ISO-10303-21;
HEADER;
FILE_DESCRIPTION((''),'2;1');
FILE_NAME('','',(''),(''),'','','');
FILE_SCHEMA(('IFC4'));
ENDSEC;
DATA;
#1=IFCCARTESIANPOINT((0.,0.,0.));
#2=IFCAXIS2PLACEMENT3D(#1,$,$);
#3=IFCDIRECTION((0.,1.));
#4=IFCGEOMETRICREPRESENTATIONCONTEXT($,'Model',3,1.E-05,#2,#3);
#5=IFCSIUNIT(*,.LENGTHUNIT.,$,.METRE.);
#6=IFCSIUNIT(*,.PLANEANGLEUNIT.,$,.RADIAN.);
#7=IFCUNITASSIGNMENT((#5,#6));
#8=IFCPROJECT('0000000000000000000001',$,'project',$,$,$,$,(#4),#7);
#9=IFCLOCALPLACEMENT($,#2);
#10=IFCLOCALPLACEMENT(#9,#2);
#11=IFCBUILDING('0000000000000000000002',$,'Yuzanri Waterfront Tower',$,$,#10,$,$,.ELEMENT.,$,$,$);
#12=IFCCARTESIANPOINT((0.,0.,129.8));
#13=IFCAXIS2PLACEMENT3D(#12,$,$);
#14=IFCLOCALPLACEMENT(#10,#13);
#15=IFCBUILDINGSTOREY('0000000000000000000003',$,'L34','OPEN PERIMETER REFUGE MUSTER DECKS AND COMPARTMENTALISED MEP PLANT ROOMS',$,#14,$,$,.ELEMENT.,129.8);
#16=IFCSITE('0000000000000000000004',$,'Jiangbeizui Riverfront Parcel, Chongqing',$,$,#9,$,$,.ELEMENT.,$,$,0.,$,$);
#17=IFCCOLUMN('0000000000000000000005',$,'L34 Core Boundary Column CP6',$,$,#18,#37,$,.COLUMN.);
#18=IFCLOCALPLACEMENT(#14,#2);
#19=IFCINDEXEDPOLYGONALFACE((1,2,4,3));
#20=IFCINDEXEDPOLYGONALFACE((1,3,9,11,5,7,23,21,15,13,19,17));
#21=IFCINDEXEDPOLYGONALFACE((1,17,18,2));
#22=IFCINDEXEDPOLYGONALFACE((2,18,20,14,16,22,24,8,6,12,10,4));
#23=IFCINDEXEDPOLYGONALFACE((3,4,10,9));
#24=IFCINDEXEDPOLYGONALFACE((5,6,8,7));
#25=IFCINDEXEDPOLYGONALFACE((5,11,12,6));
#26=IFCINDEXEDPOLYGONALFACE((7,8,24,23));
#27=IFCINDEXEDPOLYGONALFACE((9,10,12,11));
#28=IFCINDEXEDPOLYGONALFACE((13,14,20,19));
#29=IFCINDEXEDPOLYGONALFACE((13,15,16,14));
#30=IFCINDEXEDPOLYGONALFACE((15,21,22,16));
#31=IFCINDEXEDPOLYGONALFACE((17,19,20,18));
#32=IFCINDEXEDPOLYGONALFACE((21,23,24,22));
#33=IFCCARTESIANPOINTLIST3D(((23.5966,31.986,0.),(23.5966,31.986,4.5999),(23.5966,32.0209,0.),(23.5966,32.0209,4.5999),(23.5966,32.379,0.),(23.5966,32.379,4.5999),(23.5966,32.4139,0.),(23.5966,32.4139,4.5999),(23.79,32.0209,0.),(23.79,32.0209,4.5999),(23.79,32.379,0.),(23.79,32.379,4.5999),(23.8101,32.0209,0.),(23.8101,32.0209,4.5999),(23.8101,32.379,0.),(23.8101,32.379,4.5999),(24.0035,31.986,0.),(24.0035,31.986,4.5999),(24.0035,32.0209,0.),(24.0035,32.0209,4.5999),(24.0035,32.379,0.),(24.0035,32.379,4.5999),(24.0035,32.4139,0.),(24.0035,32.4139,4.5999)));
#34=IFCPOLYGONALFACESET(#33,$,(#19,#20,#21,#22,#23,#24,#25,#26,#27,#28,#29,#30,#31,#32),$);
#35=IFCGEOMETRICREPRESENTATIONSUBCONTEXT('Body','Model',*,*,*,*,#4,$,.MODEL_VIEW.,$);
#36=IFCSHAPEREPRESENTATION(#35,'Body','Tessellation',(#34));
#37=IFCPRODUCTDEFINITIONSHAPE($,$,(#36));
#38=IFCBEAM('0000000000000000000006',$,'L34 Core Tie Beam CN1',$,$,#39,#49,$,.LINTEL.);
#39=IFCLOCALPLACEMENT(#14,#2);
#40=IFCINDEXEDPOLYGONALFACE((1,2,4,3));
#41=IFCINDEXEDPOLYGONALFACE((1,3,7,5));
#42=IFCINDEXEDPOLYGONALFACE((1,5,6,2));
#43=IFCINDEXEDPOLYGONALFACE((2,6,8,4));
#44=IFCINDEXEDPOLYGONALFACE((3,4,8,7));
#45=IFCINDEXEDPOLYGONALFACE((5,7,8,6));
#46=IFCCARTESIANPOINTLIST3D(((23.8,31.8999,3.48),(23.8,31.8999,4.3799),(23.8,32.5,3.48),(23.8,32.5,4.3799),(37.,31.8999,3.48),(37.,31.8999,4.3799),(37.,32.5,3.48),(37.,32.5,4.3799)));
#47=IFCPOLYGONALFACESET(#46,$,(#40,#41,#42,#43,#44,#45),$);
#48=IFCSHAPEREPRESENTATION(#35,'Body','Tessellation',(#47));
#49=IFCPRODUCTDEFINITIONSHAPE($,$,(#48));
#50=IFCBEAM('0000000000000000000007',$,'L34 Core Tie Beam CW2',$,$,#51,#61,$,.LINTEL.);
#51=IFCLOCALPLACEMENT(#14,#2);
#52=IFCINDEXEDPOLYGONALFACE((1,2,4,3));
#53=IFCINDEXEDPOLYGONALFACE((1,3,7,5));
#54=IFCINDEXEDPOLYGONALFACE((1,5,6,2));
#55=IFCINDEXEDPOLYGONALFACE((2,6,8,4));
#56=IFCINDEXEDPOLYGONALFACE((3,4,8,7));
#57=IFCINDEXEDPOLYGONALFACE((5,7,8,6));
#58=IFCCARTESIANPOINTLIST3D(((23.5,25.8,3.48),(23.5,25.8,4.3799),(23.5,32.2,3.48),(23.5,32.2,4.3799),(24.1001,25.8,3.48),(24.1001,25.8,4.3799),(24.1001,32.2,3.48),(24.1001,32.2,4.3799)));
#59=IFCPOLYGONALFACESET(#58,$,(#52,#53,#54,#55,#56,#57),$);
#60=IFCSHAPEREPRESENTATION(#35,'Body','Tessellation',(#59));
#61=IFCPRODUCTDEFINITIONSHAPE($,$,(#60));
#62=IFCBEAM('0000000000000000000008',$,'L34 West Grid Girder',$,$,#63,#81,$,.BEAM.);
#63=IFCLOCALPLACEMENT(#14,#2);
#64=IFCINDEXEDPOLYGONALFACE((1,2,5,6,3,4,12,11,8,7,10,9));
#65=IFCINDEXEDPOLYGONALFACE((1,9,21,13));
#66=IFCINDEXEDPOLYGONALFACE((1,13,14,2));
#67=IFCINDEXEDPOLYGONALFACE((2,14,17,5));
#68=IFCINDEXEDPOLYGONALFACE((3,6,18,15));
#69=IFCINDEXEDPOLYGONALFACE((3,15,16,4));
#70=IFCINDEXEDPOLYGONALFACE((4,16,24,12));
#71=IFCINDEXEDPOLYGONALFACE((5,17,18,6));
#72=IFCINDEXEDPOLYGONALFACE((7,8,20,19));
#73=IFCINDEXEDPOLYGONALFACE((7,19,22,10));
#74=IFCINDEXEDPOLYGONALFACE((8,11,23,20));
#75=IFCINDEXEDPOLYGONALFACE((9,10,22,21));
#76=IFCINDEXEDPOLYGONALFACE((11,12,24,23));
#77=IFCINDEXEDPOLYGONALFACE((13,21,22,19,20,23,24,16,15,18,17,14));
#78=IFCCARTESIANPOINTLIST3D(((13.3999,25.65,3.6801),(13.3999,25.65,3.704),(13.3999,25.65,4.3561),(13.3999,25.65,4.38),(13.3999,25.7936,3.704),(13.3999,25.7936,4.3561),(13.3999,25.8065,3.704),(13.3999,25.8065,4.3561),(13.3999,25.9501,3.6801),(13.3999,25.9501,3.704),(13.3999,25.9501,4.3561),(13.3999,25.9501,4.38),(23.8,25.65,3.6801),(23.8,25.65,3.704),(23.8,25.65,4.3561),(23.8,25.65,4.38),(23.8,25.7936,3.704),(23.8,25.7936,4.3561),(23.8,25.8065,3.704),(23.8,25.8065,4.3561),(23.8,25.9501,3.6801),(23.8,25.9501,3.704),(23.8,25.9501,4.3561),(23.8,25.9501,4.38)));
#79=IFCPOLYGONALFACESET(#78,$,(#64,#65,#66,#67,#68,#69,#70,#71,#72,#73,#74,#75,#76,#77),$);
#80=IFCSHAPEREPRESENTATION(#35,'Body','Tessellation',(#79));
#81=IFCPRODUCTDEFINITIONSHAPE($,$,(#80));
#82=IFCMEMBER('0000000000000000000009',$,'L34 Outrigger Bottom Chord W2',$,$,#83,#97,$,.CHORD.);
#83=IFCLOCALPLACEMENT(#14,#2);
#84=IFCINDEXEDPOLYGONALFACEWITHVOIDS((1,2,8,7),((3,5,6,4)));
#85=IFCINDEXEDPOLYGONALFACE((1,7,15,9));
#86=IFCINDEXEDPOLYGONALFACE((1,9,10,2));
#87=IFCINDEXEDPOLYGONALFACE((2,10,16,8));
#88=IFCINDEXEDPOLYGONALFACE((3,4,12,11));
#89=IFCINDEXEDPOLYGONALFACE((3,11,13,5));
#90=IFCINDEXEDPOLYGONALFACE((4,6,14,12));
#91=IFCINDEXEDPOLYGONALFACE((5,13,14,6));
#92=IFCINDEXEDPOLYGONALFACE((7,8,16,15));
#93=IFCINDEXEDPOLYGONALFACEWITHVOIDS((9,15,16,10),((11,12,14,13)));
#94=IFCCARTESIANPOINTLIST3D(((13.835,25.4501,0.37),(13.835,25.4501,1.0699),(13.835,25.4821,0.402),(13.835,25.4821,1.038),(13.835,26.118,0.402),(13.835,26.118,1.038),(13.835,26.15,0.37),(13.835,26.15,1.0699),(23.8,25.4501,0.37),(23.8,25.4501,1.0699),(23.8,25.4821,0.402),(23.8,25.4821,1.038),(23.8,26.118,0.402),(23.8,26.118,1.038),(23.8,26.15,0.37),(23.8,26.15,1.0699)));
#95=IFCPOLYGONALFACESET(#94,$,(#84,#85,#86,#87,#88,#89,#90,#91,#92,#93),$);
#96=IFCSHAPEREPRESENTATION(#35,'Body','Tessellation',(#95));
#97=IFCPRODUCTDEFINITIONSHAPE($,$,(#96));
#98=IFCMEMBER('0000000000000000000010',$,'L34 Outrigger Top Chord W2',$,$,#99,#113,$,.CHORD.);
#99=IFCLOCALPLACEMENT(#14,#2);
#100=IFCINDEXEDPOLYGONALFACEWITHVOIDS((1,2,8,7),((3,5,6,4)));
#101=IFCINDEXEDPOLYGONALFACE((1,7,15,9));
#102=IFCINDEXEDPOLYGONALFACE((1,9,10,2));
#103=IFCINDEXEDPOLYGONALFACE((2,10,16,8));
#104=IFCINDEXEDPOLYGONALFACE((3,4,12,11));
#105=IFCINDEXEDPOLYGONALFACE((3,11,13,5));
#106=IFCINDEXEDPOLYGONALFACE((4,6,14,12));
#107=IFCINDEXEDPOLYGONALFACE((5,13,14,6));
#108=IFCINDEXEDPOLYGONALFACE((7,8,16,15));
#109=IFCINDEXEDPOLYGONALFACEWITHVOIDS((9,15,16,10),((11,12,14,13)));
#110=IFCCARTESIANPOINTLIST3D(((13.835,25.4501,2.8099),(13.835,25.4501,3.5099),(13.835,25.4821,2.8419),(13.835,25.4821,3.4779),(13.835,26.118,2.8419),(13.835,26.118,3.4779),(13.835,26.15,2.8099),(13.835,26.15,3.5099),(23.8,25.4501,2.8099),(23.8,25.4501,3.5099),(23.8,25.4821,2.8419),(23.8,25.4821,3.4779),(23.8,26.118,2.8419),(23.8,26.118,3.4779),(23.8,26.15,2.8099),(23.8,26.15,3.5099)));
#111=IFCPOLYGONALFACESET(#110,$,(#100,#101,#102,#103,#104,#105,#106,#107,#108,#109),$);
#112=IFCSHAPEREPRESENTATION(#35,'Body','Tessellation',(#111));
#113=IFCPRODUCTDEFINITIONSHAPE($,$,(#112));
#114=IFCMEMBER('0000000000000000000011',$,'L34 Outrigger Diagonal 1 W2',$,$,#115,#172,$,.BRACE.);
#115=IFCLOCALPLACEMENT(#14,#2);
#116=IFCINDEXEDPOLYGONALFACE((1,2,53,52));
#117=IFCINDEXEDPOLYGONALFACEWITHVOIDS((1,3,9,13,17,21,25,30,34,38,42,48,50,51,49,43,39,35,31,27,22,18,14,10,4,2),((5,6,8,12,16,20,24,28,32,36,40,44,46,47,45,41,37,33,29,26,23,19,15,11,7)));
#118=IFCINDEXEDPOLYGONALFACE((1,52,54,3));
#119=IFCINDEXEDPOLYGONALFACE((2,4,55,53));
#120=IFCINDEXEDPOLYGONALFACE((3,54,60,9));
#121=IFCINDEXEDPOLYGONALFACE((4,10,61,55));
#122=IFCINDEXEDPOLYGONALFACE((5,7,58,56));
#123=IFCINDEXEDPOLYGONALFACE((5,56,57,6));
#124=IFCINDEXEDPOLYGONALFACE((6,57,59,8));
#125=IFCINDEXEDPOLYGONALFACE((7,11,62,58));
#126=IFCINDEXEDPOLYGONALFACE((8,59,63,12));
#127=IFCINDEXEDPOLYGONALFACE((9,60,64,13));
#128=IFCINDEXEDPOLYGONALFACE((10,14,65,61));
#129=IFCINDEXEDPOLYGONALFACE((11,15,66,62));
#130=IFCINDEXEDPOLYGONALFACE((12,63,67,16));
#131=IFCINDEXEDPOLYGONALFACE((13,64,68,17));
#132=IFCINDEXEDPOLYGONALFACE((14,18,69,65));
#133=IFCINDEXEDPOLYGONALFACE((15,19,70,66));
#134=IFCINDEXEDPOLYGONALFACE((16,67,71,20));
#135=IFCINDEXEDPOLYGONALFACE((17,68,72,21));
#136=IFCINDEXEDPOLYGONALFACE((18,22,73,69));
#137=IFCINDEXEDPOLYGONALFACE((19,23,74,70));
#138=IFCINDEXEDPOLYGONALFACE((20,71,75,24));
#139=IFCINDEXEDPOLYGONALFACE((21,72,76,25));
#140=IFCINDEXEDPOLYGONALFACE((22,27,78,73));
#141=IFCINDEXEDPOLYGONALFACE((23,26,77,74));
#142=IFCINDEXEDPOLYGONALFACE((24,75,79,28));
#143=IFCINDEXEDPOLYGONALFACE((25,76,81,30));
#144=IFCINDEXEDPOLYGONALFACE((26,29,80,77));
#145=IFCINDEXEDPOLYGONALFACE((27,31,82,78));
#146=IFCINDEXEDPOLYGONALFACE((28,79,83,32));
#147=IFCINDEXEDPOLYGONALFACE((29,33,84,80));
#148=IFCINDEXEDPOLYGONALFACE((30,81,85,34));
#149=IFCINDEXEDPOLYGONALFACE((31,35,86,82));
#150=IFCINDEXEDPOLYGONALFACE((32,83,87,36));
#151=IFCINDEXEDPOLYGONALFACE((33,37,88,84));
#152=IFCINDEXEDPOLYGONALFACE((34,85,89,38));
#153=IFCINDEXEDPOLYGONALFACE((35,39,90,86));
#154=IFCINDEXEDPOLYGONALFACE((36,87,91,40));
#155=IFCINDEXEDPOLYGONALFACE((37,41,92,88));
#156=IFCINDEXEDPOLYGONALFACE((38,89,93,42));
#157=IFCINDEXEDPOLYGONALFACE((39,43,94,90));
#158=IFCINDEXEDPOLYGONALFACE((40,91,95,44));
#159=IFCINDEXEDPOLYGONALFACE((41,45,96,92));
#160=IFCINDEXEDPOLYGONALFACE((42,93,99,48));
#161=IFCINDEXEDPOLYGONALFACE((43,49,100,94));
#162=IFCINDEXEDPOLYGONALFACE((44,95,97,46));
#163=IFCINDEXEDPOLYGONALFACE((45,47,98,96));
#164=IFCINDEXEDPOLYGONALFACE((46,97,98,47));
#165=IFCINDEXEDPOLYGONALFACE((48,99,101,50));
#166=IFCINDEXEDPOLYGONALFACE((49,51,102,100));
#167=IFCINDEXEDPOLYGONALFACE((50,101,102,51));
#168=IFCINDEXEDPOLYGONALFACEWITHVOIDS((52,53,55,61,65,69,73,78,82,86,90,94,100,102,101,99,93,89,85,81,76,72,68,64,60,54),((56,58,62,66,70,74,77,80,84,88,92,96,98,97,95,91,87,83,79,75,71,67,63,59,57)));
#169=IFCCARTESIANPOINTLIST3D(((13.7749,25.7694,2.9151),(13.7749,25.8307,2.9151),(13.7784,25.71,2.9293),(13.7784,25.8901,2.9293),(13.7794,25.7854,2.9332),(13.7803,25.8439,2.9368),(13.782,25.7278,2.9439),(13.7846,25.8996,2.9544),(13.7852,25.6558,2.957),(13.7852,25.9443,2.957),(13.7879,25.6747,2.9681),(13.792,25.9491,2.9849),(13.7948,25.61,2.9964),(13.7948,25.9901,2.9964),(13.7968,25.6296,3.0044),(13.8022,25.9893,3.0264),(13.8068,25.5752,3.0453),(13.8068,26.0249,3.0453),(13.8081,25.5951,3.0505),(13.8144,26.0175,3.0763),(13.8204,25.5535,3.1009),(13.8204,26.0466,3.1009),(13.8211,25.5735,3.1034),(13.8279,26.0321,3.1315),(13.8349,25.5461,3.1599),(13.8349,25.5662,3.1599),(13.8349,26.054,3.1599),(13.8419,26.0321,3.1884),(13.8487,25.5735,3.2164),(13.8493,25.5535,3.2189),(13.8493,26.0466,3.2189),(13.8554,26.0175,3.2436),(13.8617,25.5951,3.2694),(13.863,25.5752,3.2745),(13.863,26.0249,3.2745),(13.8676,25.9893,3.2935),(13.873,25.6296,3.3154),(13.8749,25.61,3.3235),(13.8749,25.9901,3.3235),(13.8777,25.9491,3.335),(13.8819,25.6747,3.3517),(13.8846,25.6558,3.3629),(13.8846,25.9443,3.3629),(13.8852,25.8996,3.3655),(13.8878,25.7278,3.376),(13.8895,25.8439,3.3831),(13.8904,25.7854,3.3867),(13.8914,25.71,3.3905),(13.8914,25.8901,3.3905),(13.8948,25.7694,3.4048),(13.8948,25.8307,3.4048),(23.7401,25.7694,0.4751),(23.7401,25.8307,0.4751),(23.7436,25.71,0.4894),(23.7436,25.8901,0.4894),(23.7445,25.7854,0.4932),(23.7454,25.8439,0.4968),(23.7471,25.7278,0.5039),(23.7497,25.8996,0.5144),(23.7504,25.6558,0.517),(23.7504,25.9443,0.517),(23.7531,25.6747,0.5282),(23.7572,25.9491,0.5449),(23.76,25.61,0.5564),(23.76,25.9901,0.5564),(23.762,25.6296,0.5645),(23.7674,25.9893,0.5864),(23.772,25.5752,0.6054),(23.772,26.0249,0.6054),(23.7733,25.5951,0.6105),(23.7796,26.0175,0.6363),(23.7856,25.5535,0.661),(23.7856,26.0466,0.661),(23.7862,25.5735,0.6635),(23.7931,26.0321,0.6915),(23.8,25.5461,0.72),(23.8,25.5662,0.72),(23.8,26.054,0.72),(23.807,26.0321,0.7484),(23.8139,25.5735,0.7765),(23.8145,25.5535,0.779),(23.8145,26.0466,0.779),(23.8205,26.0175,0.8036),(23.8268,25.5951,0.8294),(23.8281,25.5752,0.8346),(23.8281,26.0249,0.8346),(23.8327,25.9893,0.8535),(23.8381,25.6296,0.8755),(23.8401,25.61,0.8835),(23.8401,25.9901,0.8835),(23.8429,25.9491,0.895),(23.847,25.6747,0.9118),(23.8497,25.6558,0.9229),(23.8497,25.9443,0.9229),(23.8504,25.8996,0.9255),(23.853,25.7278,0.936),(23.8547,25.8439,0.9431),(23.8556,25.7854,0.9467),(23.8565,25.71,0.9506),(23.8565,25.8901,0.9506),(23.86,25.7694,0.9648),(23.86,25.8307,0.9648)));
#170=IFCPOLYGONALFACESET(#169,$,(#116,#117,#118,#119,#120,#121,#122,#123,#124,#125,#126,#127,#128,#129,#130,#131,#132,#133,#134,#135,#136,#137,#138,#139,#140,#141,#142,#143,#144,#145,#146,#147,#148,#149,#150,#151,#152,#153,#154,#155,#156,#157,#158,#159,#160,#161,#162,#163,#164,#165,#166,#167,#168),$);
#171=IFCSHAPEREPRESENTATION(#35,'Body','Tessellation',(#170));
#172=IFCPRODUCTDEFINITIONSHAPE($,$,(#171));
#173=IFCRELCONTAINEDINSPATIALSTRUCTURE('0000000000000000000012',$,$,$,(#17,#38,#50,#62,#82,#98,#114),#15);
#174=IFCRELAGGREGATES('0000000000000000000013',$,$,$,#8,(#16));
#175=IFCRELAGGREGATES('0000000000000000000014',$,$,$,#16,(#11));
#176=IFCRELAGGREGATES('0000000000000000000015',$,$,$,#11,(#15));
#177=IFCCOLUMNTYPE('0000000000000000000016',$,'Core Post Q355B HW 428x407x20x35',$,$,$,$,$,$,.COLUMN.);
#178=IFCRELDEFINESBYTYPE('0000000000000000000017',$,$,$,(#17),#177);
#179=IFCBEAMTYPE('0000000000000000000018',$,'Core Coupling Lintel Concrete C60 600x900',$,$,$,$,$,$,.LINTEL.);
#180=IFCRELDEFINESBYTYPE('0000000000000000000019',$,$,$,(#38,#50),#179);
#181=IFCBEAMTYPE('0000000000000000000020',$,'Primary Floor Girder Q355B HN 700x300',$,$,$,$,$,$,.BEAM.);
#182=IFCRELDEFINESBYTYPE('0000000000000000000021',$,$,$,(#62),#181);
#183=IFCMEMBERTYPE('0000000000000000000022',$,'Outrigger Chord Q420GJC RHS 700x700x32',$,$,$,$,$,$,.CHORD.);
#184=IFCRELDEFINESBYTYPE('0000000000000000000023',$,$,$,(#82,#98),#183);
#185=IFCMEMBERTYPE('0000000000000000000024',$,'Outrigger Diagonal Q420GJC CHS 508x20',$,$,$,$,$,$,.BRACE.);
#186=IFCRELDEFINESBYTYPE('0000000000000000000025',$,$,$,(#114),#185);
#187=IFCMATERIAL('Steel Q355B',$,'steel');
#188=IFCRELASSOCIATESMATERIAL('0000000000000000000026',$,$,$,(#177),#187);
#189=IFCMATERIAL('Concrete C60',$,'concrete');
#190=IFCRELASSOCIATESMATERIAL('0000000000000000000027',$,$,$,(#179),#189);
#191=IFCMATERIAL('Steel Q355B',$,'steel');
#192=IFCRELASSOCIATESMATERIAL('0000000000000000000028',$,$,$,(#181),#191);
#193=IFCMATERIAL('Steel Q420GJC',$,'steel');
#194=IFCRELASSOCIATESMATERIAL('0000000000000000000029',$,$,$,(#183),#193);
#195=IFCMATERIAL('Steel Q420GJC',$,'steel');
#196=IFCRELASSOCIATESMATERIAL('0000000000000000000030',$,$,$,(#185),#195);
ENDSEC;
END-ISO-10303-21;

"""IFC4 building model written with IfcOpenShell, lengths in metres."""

from ifc_helpers import new_model, si_unit, direction, frame, origin, origin_2d, place, context, subcontext, project, spatial, rectangle, hollow_rectangle, hollow_circle, i_section, extrude, source, transform, mapped, material, material_profile, profile_set, type_object, element, save


model = new_model("IFC4")

# Units and contexts
model_context = context("Model", 3, precision=1e-05, world=origin(), true_north=direction((0.0, 1.0)))
body_context = subcontext(model_context, "Body", "Model", "MODEL_VIEW")
ifc_project = project(units=[si_unit("LENGTHUNIT", "METRE"), si_unit("PLANEANGLEUNIT", "RADIAN")], contexts=[model_context])

# Site, building, storey
site_placement = place(None, origin())
site = spatial("IfcSite", under=ifc_project, at=site_placement, Name="Jiangbeizui Riverfront Parcel, Chongqing", CompositionType="ELEMENT", RefElevation=0.0)
building_placement = place(site_placement, origin())
building = spatial("IfcBuilding", under=site, at=building_placement, Name="Yuzanri Waterfront Tower", CompositionType="ELEMENT")
storey_placement = place(building_placement, frame((0.0, 0.0, 129.8)))
storey = spatial("IfcBuildingStorey", under=building, at=storey_placement, Name="L34", Description="OPEN PERIMETER REFUGE MUSTER DECKS AND COMPARTMENTALISED MEP PLANT ROOMS", CompositionType="ELEMENT", Elevation=129.8)

# Column
ifc_material_1 = material(Name="Steel Q355B", Category="steel")
ifc_material_profile_1 = material_profile(ifc_material_1, i_section(OverallWidth=0.407, OverallDepth=0.428, WebThickness=0.02, FlangeThickness=0.0349, at=origin_2d()), Name="HW 428x407x20x35")
ifc_profile_set_1 = profile_set([ifc_material_profile_1], Name="Steel Q355B")
column_type = type_object("IfcColumnType", Name="Core Post Q355B HW 428x407x20x35", PredefinedType="COLUMN", material=ifc_profile_set_1)
shared_shape_1 = source(origin(), body_context, "Body", "SweptSolid", [
    extrude(i_section(OverallWidth=0.407, OverallDepth=0.428, WebThickness=0.02, FlangeThickness=0.0349, at=origin_2d()), origin(), (0.0, 0.0, 1.0), 4.5999),
])
column_placement = place(storey_placement, frame((23.8, 32.2, 0.0), z_axis=(0.0, 0.0, 1.0), x_axis=(1.0, 0.0, 0.0)))
element("IfcColumn", 1, at=column_placement, inside=storey, type_object=column_type, Name="L34 Core Boundary Column CP6", PredefinedType="COLUMN", context=body_context, shape_type="MappedRepresentation", body=[
    mapped(shared_shape_1, transform((0.0, 0.0, 0.0), scale=1.0)),
])

# Beams
ifc_material_2 = material(Name="Concrete C60", Category="concrete")
ifc_material_profile_2 = material_profile(ifc_material_2, rectangle(XDim=0.6001, YDim=0.8999, at=origin_2d()), Name="RC 600x900")
ifc_profile_set_2 = profile_set([ifc_material_profile_2], Name="Concrete C60")
beam_type_1 = type_object("IfcBeamType", Name="Core Coupling Lintel Concrete C60 600x900", PredefinedType="LINTEL", material=ifc_profile_set_2)
shared_shape_2 = source(origin(), body_context, "Body", "SweptSolid", [
    extrude(rectangle(XDim=0.6001, YDim=0.8999, at=origin_2d()), origin(), (0.0, 0.0, 1.0), 13.2),
])
beam_1_placement = place(storey_placement, frame((23.8, 32.2, 3.9299), z_axis=(1.0, 0.0, 0.0), x_axis=(0.0, 1.0, 0.0)))
element("IfcBeam", 2, at=beam_1_placement, inside=storey, type_object=beam_type_1, Name="L34 Core Tie Beam CN1", PredefinedType="LINTEL", context=body_context, shape_type="MappedRepresentation", body=[
    mapped(shared_shape_2, transform((0.0, 0.0, 0.0), scale=1.0)),
])
shared_shape_3 = source(origin(), body_context, "Body", "SweptSolid", [
    extrude(rectangle(XDim=0.6001, YDim=0.8999, at=origin_2d()), origin(), (0.0, 0.0, 1.0), 6.3999),
])
beam_2_placement = place(storey_placement, frame((23.8, 25.8, 3.9299), z_axis=(0.0, 1.0, 0.0), x_axis=(-1.0, 0.0, 0.0)))
element("IfcBeam", 3, at=beam_2_placement, inside=storey, type_object=beam_type_1, Name="L34 Core Tie Beam CW2", PredefinedType="LINTEL", context=body_context, shape_type="MappedRepresentation", body=[
    mapped(shared_shape_3, transform((0.0, 0.0, 0.0), scale=1.0)),
])
ifc_material_3 = material(Name="Steel Q355B", Category="steel")
ifc_material_profile_3 = material_profile(ifc_material_3, i_section(OverallWidth=0.3, OverallDepth=0.7, WebThickness=0.0129, FlangeThickness=0.0239, at=origin_2d()), Name="HN 700x300x13x24")
ifc_profile_set_3 = profile_set([ifc_material_profile_3], Name="Steel Q355B")
beam_type_2 = type_object("IfcBeamType", Name="Primary Floor Girder Q355B HN 700x300", PredefinedType="BEAM", material=ifc_profile_set_3)
shared_shape_4 = source(origin(), body_context, "Body", "SweptSolid", [
    extrude(i_section(OverallWidth=0.3, OverallDepth=0.7, WebThickness=0.0129, FlangeThickness=0.0239, at=origin_2d()), origin(), (0.0, 0.0, 1.0), 10.4001),
])
beam_3_placement = place(storey_placement, frame((23.8, 25.8, 4.03), z_axis=(-1.0, 0.0, 0.0), x_axis=(0.0, -1.0, 0.0)))
element("IfcBeam", 4, at=beam_3_placement, inside=storey, type_object=beam_type_2, Name="L34 West Grid Girder", PredefinedType="BEAM", context=body_context, shape_type="MappedRepresentation", body=[
    mapped(shared_shape_4, transform((0.0, 0.0, 0.0), scale=1.0)),
])

# Members
ifc_material_4 = material(Name="Steel Q420GJC", Category="steel")
ifc_material_profile_4 = material_profile(ifc_material_4, hollow_rectangle(XDim=0.7, YDim=0.7, WallThickness=0.032, at=origin_2d()), Name="RHS 700x700x32")
ifc_profile_set_4 = profile_set([ifc_material_profile_4], Name="Steel Q420GJC")
member_type_1 = type_object("IfcMemberType", Name="Outrigger Chord Q420GJC RHS 700x700x32", PredefinedType="CHORD", material=ifc_profile_set_4)
shared_shape_5 = source(origin(), body_context, "Body", "SweptSolid", [
    extrude(hollow_rectangle(XDim=0.7, YDim=0.7, WallThickness=0.032, at=origin_2d()), origin(), (0.0, 0.0, 1.0), 9.9651),
])
for number, where, z_axis, x_axis, name in (
    (5, (23.8, 25.8, 0.72), (-1.0, 0.0, 0.0), (0.0, -1.0, 0.0), "L34 Outrigger Bottom Chord W2"),
    (6, (23.8, 25.8, 3.1599), (-1.0, 0.0, 0.0), (0.0, -1.0, 0.0), "L34 Outrigger Top Chord W2"),
):
    element("IfcMember", number, at=place(storey_placement, frame(where, z_axis=z_axis, x_axis=x_axis)), inside=storey, type_object=member_type_1, Name=name, PredefinedType="CHORD", context=body_context, shape_type="MappedRepresentation", body=[
        mapped(shared_shape_5, transform((0.0, 0.0, 0.0), scale=1.0)),
    ])
ifc_material_5 = material(Name="Steel Q420GJC", Category="steel")
ifc_material_profile_5 = material_profile(ifc_material_5, hollow_circle(Radius=0.2539, WallThickness=0.02, at=origin_2d()), Name="CHS 508x20")
ifc_profile_set_5 = profile_set([ifc_material_profile_5], Name="Steel Q420GJC")
member_type_2 = type_object("IfcMemberType", Name="Outrigger Diagonal Q420GJC CHS 508x20", PredefinedType="BRACE", material=ifc_profile_set_5)
shared_shape_6 = source(origin(), body_context, "Body", "SweptSolid", [
    extrude(hollow_circle(Radius=0.2539, WallThickness=0.02, at=origin_2d()), origin(), (0.0, 0.0, 1.0), 10.2595),
])
for number, where, z_axis, x_axis, name in (
    (7, (23.8, 25.8, 0.72), (-0.971308, 0.0, 0.237824), (0.0, -1.0, 0.0), "L34 Outrigger Diagonal 1 W2"),
):
    element("IfcMember", number, at=place(storey_placement, frame(where, z_axis=z_axis, x_axis=x_axis)), inside=storey, type_object=member_type_2, Name=name, PredefinedType="BRACE", context=body_context, shape_type="MappedRepresentation", body=[
        mapped(shared_shape_6, transform((0.0, 0.0, 0.0), scale=1.0)),
    ])

save(model, "model.ifc")
